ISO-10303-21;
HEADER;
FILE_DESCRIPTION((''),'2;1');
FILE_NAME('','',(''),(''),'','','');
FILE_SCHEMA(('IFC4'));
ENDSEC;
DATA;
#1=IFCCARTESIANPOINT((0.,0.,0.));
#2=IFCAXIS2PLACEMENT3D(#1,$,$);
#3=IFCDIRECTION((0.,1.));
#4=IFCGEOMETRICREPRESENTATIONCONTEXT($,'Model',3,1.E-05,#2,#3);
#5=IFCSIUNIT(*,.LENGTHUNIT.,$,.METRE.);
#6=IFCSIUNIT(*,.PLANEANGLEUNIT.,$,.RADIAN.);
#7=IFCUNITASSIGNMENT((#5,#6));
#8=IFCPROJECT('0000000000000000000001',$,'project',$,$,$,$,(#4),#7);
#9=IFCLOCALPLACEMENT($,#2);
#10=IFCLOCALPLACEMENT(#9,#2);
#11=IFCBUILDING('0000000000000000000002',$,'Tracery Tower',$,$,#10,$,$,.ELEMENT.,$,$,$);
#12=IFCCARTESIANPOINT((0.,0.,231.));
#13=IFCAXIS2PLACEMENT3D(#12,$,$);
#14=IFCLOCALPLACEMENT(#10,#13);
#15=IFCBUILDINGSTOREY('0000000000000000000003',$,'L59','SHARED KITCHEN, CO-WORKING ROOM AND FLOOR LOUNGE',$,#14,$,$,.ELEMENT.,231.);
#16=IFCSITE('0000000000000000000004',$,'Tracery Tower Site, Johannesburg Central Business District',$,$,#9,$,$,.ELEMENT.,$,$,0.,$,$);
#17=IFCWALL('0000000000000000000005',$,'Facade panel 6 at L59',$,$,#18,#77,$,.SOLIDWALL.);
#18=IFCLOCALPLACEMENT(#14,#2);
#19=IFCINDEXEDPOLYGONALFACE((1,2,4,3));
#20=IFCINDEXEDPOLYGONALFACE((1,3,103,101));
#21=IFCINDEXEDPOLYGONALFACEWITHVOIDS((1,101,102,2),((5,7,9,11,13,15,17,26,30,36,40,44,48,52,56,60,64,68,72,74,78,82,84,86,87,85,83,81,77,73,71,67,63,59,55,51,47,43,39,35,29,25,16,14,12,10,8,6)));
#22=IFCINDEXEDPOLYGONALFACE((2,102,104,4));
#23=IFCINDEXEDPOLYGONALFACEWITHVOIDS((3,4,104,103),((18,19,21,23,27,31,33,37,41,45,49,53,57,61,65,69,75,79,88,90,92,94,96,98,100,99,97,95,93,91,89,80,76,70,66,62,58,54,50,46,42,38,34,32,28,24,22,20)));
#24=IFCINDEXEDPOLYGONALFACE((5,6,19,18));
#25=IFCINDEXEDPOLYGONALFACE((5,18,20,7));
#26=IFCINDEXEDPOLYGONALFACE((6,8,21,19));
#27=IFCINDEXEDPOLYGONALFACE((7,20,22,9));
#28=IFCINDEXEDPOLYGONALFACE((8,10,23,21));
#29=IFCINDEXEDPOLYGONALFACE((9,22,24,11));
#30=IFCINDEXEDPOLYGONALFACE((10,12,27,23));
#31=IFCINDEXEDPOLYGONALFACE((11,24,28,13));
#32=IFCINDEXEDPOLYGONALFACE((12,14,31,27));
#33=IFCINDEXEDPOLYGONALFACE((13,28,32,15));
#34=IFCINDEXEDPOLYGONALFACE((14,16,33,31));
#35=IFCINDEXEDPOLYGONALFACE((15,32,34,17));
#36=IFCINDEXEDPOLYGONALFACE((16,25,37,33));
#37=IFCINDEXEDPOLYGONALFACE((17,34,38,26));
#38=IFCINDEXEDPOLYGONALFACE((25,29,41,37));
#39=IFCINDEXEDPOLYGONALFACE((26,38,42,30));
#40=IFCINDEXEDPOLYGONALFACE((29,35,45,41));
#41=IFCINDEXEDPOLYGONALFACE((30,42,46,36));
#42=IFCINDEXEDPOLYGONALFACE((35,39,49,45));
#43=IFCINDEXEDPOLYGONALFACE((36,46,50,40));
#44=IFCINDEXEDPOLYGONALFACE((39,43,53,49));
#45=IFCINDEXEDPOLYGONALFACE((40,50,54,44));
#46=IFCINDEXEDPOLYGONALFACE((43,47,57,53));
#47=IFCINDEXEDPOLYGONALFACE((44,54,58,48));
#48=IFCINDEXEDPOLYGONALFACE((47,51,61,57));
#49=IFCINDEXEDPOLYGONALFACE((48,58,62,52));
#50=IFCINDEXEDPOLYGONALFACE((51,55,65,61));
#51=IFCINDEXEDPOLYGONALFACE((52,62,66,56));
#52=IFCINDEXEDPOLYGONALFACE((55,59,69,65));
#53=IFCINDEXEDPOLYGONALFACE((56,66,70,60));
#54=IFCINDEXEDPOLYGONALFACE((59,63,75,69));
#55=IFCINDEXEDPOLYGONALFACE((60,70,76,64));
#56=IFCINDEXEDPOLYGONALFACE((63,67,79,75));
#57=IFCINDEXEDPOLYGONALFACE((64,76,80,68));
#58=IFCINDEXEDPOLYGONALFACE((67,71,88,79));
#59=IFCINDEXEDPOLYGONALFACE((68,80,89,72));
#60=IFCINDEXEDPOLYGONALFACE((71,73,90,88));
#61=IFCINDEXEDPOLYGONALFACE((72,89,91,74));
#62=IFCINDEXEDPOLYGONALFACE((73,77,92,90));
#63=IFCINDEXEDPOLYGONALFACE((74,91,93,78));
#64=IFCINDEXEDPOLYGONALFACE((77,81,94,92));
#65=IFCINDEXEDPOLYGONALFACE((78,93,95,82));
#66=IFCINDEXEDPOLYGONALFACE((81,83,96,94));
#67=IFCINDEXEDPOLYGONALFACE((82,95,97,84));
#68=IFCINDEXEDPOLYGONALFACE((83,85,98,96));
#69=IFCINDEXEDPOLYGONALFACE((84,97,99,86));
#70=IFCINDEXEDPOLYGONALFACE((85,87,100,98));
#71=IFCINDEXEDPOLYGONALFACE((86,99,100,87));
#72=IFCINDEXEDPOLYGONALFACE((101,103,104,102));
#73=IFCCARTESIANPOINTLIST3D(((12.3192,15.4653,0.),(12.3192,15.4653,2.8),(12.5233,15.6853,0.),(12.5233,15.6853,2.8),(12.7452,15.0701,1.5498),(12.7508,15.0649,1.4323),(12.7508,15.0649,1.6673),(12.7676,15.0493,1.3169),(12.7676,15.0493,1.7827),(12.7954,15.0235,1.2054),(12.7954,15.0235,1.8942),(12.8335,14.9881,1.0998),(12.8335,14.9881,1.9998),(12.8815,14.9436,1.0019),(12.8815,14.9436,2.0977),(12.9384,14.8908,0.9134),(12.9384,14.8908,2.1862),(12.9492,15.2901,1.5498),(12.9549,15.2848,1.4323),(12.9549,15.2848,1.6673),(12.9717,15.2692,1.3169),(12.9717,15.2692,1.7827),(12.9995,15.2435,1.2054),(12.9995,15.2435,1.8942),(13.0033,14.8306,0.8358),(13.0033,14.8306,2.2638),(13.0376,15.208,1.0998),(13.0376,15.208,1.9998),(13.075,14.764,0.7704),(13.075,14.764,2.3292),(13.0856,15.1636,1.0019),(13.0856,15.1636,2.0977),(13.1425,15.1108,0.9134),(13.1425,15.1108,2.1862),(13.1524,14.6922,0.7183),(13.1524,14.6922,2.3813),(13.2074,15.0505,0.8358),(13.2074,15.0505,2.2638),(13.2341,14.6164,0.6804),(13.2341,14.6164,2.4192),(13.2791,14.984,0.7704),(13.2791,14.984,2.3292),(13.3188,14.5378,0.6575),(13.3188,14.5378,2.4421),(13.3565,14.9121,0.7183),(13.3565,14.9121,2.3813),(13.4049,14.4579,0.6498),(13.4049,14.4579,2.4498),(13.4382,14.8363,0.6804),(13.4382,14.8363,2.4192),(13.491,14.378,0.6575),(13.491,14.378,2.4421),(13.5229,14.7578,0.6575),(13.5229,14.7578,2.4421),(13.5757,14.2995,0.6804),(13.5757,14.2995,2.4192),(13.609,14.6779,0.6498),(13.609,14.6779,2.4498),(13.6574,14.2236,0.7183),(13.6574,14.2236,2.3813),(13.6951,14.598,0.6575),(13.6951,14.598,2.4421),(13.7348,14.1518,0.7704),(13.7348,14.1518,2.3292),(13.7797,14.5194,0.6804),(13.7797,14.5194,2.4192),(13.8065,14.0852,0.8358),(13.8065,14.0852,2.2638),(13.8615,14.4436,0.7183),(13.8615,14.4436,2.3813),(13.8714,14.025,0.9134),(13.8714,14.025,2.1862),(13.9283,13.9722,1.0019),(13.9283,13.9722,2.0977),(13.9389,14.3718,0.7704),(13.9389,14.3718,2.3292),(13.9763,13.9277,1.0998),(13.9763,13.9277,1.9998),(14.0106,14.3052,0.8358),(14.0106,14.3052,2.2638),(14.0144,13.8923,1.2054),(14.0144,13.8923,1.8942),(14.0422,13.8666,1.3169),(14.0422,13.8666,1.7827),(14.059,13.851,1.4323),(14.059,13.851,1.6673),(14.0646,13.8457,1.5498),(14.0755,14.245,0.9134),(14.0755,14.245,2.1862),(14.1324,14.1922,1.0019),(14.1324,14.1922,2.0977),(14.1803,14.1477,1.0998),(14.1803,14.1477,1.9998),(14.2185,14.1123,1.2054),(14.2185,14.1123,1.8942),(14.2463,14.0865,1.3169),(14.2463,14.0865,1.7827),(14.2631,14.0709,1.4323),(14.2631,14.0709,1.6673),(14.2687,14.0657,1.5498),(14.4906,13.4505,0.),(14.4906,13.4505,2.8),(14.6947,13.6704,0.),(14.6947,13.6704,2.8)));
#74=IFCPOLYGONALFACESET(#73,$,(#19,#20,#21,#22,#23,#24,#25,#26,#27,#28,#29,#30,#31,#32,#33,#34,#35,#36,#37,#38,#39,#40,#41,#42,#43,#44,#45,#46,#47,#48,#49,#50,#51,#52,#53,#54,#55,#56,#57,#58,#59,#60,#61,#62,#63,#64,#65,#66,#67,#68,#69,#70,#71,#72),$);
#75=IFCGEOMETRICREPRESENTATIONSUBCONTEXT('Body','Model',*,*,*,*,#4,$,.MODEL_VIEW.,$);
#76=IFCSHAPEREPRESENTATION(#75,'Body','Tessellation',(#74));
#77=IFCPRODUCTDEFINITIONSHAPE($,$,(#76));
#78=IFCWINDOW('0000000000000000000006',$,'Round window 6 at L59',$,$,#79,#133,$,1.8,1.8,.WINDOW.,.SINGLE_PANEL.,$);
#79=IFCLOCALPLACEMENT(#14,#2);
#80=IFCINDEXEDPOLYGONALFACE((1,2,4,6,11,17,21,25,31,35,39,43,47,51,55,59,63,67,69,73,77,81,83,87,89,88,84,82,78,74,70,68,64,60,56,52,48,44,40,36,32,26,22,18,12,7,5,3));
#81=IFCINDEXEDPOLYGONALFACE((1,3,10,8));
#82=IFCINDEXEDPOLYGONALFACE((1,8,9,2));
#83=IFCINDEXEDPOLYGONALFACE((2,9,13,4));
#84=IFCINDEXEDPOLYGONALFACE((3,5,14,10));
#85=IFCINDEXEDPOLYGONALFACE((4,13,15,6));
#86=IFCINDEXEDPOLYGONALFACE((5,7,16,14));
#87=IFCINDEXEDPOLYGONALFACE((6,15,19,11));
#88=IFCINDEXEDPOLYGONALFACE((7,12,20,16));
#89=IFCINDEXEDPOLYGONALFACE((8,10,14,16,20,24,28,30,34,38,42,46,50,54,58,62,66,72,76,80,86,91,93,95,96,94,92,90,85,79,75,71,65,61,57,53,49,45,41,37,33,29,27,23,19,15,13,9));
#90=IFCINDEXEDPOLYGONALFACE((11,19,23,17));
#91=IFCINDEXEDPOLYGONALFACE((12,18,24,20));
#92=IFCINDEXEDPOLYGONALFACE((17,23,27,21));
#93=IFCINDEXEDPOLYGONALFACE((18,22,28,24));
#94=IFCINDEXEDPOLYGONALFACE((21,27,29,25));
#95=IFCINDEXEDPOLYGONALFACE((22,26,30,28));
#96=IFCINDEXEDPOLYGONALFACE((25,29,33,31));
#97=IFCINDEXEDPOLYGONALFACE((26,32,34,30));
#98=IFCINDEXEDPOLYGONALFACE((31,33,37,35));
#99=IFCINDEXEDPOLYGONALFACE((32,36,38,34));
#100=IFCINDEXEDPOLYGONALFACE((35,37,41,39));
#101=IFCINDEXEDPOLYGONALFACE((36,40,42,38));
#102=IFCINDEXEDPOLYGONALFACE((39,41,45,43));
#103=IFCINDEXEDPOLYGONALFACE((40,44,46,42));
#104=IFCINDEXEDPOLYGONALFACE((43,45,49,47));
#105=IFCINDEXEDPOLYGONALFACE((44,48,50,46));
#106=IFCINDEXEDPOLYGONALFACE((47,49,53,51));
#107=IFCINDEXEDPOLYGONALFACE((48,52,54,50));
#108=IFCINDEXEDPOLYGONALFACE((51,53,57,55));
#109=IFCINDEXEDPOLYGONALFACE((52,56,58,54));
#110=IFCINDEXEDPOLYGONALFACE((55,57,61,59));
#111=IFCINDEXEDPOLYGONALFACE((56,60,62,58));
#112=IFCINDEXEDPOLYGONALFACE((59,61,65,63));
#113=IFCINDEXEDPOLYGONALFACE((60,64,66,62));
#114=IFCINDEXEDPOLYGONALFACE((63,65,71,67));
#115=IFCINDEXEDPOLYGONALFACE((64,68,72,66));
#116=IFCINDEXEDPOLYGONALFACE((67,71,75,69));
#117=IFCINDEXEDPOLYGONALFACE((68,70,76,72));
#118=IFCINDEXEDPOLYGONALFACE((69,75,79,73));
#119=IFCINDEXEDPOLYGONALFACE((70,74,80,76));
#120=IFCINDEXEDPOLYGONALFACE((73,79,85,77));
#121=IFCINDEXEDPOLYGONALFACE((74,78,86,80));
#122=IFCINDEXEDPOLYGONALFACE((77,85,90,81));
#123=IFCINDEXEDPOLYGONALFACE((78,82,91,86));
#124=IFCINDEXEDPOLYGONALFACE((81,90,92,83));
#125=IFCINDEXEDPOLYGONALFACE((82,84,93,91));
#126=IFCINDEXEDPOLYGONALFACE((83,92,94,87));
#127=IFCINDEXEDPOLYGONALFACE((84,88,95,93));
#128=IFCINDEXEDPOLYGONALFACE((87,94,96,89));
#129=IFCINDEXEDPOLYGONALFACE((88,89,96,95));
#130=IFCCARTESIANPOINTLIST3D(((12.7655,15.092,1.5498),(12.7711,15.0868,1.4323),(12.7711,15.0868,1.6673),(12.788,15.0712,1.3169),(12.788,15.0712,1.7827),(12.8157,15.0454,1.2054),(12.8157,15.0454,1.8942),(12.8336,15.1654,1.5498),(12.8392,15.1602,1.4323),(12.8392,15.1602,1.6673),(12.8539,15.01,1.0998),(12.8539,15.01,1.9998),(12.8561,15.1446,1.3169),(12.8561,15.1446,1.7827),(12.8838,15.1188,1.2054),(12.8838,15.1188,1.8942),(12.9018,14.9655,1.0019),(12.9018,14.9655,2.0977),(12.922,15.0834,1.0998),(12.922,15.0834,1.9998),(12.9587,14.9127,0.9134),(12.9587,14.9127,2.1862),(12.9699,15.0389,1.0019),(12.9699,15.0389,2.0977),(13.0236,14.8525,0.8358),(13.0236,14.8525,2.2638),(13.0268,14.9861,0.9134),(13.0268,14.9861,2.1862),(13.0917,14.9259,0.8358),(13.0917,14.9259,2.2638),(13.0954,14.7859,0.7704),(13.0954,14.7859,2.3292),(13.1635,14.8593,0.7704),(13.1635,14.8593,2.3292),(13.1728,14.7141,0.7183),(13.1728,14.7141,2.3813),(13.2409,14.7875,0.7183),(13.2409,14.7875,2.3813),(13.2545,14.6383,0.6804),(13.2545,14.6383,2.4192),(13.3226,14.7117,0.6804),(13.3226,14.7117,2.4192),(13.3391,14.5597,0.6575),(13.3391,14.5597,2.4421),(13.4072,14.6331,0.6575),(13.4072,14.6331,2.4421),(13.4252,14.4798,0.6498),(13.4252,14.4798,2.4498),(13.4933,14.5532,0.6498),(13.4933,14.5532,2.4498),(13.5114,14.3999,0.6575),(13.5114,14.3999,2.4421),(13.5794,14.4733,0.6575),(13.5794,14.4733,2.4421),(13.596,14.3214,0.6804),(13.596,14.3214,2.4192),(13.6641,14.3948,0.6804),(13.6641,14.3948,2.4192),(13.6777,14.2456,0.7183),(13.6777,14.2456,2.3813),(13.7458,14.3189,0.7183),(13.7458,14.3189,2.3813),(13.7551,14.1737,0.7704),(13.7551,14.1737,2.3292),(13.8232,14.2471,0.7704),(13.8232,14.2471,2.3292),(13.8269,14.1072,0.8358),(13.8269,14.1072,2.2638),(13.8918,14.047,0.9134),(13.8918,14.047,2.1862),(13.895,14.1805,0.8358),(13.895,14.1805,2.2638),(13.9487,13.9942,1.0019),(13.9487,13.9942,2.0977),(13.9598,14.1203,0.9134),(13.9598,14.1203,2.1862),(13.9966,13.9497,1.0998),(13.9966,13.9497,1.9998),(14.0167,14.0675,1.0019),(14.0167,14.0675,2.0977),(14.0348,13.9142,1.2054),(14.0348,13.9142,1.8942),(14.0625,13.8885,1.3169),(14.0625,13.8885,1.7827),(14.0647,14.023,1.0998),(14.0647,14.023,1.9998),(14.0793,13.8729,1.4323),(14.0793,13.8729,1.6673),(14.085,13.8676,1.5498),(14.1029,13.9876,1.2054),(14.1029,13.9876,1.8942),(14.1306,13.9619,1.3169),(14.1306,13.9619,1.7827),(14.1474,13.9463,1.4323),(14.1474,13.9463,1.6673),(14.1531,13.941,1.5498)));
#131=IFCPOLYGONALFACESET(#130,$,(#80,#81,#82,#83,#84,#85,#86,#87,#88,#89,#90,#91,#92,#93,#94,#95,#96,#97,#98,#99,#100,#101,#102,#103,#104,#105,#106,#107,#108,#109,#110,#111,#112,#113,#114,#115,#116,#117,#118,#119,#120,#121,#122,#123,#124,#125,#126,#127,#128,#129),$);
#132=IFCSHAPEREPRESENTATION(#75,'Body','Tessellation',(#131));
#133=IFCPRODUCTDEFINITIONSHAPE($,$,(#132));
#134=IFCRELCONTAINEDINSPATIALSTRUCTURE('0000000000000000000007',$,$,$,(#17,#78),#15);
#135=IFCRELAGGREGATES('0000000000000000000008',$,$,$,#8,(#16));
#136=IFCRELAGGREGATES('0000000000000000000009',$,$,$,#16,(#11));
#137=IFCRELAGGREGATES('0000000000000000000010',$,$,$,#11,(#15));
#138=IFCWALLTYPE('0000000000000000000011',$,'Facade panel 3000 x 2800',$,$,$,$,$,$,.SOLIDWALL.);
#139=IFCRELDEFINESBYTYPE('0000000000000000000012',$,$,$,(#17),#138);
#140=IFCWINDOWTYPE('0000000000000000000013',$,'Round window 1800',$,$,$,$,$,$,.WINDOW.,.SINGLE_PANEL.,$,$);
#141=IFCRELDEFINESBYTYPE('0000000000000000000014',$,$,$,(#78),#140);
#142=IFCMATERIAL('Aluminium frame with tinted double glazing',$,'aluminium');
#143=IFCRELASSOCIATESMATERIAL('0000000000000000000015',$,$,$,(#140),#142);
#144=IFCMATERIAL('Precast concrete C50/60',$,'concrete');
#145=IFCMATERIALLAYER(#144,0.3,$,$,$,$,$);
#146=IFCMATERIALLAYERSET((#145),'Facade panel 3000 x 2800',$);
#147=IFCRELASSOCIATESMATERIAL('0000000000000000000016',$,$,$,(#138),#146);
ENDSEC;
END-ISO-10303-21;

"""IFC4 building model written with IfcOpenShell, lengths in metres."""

from ifc_helpers import new_model, si_unit, direction, frame, frame_2d, origin, origin_2d, place, context, subcontext, project, spatial, rectangle, circle, extrude, material, layer, layer_set, type_object, element, fill, save


model = new_model("IFC4")

# Units and contexts
model_context = context("Model", 3, precision=1e-05, world=origin(), true_north=direction((0.0, 1.0)))
body_context = subcontext(model_context, "Body", "Model", "MODEL_VIEW")
ifc_project = project(units=[si_unit("LENGTHUNIT", "METRE"), si_unit("PLANEANGLEUNIT", "RADIAN")], contexts=[model_context])

# Site, building, storey
site_placement = place(None, origin())
site = spatial("IfcSite", under=ifc_project, at=site_placement, Name="Tracery Tower Site, Johannesburg Central Business District", CompositionType="ELEMENT", RefElevation=0.0)
building_placement = place(site_placement, origin())
building = spatial("IfcBuilding", under=site, at=building_placement, Name="Tracery Tower", CompositionType="ELEMENT")
storey_placement = place(building_placement, frame((0.0, 0.0, 231.0)))
storey = spatial("IfcBuildingStorey", under=building, at=storey_placement, Name="L59", Description="SHARED KITCHEN, CO-WORKING ROOM AND FLOOR LOUNGE", CompositionType="ELEMENT", Elevation=231.0)

# Wall, opening, window
ifc_material_1 = material(Name="Aluminium frame with tinted double glazing", Category="aluminium")
window_type = type_object("IfcWindowType", Name="Round window 1800", PartitioningType="SINGLE_PANEL", PredefinedType="WINDOW", material=ifc_material_1)
ifc_material_2 = material(Name="Precast concrete C50/60", Category="concrete")
ifc_layer_1 = layer(ifc_material_2, 0.3)
ifc_layer_set_1 = layer_set([ifc_layer_1], Name="Facade panel 3000 x 2800")
wall_type_1 = type_object("IfcWallType", Name="Facade panel 3000 x 2800", PredefinedType="SOLIDWALL", material=ifc_layer_set_1)
wall_1_placement = place(storey_placement, frame((14.5925, 13.5605, 0.0), z_axis=(0.0, 0.0, 1.0), x_axis=(-0.733028, 0.680198, 0.0)))
wall_1 = element("IfcWall", 1, at=wall_1_placement, inside=storey, type_object=wall_type_1, Name="Facade panel 6 at L59", PredefinedType="SOLIDWALL", context=body_context, shape_type="SweptSolid", body=[
    extrude(rectangle(XDim=2.9622, YDim=0.3, at=frame_2d((1.481, 0.0))), origin(), (0.0, 0.0, 1.0), 2.8),
])
opening_1_placement = place(wall_1_placement, frame((1.481, 0.0, 1.5498)))
opening_1 = element("IfcOpeningElement", 2, at=opening_1_placement, cuts=wall_1, PredefinedType="OPENING", context=body_context, shape_type="SweptSolid", body=[
    extrude(circle(Radius=0.9, at=origin_2d()), frame((0.0, 0.1599, 0.0), z_axis=(0.0, -1.0, 0.0), x_axis=(1.0, 0.0, 0.0)), (0.0, 0.0, 1.0), 0.3201),
])
window_1_placement = place(opening_1_placement, origin())
window_1 = element("IfcWindow", 3, at=window_1_placement, inside=storey, type_object=window_type, Name="Round window 6 at L59", OverallHeight=1.8, OverallWidth=1.8, PartitioningType="SINGLE_PANEL", PredefinedType="WINDOW", context=body_context, shape_type="SweptSolid", body=[
    extrude(circle(Radius=0.9, at=origin_2d()), frame((0.0, 0.1201, 0.0), z_axis=(0.0, -1.0, 0.0), x_axis=(1.0, 0.0, 0.0)), (0.0, 0.0, 1.0), 0.1001),
])
fill(opening_1, window_1)

save(model, "model.ifc")
